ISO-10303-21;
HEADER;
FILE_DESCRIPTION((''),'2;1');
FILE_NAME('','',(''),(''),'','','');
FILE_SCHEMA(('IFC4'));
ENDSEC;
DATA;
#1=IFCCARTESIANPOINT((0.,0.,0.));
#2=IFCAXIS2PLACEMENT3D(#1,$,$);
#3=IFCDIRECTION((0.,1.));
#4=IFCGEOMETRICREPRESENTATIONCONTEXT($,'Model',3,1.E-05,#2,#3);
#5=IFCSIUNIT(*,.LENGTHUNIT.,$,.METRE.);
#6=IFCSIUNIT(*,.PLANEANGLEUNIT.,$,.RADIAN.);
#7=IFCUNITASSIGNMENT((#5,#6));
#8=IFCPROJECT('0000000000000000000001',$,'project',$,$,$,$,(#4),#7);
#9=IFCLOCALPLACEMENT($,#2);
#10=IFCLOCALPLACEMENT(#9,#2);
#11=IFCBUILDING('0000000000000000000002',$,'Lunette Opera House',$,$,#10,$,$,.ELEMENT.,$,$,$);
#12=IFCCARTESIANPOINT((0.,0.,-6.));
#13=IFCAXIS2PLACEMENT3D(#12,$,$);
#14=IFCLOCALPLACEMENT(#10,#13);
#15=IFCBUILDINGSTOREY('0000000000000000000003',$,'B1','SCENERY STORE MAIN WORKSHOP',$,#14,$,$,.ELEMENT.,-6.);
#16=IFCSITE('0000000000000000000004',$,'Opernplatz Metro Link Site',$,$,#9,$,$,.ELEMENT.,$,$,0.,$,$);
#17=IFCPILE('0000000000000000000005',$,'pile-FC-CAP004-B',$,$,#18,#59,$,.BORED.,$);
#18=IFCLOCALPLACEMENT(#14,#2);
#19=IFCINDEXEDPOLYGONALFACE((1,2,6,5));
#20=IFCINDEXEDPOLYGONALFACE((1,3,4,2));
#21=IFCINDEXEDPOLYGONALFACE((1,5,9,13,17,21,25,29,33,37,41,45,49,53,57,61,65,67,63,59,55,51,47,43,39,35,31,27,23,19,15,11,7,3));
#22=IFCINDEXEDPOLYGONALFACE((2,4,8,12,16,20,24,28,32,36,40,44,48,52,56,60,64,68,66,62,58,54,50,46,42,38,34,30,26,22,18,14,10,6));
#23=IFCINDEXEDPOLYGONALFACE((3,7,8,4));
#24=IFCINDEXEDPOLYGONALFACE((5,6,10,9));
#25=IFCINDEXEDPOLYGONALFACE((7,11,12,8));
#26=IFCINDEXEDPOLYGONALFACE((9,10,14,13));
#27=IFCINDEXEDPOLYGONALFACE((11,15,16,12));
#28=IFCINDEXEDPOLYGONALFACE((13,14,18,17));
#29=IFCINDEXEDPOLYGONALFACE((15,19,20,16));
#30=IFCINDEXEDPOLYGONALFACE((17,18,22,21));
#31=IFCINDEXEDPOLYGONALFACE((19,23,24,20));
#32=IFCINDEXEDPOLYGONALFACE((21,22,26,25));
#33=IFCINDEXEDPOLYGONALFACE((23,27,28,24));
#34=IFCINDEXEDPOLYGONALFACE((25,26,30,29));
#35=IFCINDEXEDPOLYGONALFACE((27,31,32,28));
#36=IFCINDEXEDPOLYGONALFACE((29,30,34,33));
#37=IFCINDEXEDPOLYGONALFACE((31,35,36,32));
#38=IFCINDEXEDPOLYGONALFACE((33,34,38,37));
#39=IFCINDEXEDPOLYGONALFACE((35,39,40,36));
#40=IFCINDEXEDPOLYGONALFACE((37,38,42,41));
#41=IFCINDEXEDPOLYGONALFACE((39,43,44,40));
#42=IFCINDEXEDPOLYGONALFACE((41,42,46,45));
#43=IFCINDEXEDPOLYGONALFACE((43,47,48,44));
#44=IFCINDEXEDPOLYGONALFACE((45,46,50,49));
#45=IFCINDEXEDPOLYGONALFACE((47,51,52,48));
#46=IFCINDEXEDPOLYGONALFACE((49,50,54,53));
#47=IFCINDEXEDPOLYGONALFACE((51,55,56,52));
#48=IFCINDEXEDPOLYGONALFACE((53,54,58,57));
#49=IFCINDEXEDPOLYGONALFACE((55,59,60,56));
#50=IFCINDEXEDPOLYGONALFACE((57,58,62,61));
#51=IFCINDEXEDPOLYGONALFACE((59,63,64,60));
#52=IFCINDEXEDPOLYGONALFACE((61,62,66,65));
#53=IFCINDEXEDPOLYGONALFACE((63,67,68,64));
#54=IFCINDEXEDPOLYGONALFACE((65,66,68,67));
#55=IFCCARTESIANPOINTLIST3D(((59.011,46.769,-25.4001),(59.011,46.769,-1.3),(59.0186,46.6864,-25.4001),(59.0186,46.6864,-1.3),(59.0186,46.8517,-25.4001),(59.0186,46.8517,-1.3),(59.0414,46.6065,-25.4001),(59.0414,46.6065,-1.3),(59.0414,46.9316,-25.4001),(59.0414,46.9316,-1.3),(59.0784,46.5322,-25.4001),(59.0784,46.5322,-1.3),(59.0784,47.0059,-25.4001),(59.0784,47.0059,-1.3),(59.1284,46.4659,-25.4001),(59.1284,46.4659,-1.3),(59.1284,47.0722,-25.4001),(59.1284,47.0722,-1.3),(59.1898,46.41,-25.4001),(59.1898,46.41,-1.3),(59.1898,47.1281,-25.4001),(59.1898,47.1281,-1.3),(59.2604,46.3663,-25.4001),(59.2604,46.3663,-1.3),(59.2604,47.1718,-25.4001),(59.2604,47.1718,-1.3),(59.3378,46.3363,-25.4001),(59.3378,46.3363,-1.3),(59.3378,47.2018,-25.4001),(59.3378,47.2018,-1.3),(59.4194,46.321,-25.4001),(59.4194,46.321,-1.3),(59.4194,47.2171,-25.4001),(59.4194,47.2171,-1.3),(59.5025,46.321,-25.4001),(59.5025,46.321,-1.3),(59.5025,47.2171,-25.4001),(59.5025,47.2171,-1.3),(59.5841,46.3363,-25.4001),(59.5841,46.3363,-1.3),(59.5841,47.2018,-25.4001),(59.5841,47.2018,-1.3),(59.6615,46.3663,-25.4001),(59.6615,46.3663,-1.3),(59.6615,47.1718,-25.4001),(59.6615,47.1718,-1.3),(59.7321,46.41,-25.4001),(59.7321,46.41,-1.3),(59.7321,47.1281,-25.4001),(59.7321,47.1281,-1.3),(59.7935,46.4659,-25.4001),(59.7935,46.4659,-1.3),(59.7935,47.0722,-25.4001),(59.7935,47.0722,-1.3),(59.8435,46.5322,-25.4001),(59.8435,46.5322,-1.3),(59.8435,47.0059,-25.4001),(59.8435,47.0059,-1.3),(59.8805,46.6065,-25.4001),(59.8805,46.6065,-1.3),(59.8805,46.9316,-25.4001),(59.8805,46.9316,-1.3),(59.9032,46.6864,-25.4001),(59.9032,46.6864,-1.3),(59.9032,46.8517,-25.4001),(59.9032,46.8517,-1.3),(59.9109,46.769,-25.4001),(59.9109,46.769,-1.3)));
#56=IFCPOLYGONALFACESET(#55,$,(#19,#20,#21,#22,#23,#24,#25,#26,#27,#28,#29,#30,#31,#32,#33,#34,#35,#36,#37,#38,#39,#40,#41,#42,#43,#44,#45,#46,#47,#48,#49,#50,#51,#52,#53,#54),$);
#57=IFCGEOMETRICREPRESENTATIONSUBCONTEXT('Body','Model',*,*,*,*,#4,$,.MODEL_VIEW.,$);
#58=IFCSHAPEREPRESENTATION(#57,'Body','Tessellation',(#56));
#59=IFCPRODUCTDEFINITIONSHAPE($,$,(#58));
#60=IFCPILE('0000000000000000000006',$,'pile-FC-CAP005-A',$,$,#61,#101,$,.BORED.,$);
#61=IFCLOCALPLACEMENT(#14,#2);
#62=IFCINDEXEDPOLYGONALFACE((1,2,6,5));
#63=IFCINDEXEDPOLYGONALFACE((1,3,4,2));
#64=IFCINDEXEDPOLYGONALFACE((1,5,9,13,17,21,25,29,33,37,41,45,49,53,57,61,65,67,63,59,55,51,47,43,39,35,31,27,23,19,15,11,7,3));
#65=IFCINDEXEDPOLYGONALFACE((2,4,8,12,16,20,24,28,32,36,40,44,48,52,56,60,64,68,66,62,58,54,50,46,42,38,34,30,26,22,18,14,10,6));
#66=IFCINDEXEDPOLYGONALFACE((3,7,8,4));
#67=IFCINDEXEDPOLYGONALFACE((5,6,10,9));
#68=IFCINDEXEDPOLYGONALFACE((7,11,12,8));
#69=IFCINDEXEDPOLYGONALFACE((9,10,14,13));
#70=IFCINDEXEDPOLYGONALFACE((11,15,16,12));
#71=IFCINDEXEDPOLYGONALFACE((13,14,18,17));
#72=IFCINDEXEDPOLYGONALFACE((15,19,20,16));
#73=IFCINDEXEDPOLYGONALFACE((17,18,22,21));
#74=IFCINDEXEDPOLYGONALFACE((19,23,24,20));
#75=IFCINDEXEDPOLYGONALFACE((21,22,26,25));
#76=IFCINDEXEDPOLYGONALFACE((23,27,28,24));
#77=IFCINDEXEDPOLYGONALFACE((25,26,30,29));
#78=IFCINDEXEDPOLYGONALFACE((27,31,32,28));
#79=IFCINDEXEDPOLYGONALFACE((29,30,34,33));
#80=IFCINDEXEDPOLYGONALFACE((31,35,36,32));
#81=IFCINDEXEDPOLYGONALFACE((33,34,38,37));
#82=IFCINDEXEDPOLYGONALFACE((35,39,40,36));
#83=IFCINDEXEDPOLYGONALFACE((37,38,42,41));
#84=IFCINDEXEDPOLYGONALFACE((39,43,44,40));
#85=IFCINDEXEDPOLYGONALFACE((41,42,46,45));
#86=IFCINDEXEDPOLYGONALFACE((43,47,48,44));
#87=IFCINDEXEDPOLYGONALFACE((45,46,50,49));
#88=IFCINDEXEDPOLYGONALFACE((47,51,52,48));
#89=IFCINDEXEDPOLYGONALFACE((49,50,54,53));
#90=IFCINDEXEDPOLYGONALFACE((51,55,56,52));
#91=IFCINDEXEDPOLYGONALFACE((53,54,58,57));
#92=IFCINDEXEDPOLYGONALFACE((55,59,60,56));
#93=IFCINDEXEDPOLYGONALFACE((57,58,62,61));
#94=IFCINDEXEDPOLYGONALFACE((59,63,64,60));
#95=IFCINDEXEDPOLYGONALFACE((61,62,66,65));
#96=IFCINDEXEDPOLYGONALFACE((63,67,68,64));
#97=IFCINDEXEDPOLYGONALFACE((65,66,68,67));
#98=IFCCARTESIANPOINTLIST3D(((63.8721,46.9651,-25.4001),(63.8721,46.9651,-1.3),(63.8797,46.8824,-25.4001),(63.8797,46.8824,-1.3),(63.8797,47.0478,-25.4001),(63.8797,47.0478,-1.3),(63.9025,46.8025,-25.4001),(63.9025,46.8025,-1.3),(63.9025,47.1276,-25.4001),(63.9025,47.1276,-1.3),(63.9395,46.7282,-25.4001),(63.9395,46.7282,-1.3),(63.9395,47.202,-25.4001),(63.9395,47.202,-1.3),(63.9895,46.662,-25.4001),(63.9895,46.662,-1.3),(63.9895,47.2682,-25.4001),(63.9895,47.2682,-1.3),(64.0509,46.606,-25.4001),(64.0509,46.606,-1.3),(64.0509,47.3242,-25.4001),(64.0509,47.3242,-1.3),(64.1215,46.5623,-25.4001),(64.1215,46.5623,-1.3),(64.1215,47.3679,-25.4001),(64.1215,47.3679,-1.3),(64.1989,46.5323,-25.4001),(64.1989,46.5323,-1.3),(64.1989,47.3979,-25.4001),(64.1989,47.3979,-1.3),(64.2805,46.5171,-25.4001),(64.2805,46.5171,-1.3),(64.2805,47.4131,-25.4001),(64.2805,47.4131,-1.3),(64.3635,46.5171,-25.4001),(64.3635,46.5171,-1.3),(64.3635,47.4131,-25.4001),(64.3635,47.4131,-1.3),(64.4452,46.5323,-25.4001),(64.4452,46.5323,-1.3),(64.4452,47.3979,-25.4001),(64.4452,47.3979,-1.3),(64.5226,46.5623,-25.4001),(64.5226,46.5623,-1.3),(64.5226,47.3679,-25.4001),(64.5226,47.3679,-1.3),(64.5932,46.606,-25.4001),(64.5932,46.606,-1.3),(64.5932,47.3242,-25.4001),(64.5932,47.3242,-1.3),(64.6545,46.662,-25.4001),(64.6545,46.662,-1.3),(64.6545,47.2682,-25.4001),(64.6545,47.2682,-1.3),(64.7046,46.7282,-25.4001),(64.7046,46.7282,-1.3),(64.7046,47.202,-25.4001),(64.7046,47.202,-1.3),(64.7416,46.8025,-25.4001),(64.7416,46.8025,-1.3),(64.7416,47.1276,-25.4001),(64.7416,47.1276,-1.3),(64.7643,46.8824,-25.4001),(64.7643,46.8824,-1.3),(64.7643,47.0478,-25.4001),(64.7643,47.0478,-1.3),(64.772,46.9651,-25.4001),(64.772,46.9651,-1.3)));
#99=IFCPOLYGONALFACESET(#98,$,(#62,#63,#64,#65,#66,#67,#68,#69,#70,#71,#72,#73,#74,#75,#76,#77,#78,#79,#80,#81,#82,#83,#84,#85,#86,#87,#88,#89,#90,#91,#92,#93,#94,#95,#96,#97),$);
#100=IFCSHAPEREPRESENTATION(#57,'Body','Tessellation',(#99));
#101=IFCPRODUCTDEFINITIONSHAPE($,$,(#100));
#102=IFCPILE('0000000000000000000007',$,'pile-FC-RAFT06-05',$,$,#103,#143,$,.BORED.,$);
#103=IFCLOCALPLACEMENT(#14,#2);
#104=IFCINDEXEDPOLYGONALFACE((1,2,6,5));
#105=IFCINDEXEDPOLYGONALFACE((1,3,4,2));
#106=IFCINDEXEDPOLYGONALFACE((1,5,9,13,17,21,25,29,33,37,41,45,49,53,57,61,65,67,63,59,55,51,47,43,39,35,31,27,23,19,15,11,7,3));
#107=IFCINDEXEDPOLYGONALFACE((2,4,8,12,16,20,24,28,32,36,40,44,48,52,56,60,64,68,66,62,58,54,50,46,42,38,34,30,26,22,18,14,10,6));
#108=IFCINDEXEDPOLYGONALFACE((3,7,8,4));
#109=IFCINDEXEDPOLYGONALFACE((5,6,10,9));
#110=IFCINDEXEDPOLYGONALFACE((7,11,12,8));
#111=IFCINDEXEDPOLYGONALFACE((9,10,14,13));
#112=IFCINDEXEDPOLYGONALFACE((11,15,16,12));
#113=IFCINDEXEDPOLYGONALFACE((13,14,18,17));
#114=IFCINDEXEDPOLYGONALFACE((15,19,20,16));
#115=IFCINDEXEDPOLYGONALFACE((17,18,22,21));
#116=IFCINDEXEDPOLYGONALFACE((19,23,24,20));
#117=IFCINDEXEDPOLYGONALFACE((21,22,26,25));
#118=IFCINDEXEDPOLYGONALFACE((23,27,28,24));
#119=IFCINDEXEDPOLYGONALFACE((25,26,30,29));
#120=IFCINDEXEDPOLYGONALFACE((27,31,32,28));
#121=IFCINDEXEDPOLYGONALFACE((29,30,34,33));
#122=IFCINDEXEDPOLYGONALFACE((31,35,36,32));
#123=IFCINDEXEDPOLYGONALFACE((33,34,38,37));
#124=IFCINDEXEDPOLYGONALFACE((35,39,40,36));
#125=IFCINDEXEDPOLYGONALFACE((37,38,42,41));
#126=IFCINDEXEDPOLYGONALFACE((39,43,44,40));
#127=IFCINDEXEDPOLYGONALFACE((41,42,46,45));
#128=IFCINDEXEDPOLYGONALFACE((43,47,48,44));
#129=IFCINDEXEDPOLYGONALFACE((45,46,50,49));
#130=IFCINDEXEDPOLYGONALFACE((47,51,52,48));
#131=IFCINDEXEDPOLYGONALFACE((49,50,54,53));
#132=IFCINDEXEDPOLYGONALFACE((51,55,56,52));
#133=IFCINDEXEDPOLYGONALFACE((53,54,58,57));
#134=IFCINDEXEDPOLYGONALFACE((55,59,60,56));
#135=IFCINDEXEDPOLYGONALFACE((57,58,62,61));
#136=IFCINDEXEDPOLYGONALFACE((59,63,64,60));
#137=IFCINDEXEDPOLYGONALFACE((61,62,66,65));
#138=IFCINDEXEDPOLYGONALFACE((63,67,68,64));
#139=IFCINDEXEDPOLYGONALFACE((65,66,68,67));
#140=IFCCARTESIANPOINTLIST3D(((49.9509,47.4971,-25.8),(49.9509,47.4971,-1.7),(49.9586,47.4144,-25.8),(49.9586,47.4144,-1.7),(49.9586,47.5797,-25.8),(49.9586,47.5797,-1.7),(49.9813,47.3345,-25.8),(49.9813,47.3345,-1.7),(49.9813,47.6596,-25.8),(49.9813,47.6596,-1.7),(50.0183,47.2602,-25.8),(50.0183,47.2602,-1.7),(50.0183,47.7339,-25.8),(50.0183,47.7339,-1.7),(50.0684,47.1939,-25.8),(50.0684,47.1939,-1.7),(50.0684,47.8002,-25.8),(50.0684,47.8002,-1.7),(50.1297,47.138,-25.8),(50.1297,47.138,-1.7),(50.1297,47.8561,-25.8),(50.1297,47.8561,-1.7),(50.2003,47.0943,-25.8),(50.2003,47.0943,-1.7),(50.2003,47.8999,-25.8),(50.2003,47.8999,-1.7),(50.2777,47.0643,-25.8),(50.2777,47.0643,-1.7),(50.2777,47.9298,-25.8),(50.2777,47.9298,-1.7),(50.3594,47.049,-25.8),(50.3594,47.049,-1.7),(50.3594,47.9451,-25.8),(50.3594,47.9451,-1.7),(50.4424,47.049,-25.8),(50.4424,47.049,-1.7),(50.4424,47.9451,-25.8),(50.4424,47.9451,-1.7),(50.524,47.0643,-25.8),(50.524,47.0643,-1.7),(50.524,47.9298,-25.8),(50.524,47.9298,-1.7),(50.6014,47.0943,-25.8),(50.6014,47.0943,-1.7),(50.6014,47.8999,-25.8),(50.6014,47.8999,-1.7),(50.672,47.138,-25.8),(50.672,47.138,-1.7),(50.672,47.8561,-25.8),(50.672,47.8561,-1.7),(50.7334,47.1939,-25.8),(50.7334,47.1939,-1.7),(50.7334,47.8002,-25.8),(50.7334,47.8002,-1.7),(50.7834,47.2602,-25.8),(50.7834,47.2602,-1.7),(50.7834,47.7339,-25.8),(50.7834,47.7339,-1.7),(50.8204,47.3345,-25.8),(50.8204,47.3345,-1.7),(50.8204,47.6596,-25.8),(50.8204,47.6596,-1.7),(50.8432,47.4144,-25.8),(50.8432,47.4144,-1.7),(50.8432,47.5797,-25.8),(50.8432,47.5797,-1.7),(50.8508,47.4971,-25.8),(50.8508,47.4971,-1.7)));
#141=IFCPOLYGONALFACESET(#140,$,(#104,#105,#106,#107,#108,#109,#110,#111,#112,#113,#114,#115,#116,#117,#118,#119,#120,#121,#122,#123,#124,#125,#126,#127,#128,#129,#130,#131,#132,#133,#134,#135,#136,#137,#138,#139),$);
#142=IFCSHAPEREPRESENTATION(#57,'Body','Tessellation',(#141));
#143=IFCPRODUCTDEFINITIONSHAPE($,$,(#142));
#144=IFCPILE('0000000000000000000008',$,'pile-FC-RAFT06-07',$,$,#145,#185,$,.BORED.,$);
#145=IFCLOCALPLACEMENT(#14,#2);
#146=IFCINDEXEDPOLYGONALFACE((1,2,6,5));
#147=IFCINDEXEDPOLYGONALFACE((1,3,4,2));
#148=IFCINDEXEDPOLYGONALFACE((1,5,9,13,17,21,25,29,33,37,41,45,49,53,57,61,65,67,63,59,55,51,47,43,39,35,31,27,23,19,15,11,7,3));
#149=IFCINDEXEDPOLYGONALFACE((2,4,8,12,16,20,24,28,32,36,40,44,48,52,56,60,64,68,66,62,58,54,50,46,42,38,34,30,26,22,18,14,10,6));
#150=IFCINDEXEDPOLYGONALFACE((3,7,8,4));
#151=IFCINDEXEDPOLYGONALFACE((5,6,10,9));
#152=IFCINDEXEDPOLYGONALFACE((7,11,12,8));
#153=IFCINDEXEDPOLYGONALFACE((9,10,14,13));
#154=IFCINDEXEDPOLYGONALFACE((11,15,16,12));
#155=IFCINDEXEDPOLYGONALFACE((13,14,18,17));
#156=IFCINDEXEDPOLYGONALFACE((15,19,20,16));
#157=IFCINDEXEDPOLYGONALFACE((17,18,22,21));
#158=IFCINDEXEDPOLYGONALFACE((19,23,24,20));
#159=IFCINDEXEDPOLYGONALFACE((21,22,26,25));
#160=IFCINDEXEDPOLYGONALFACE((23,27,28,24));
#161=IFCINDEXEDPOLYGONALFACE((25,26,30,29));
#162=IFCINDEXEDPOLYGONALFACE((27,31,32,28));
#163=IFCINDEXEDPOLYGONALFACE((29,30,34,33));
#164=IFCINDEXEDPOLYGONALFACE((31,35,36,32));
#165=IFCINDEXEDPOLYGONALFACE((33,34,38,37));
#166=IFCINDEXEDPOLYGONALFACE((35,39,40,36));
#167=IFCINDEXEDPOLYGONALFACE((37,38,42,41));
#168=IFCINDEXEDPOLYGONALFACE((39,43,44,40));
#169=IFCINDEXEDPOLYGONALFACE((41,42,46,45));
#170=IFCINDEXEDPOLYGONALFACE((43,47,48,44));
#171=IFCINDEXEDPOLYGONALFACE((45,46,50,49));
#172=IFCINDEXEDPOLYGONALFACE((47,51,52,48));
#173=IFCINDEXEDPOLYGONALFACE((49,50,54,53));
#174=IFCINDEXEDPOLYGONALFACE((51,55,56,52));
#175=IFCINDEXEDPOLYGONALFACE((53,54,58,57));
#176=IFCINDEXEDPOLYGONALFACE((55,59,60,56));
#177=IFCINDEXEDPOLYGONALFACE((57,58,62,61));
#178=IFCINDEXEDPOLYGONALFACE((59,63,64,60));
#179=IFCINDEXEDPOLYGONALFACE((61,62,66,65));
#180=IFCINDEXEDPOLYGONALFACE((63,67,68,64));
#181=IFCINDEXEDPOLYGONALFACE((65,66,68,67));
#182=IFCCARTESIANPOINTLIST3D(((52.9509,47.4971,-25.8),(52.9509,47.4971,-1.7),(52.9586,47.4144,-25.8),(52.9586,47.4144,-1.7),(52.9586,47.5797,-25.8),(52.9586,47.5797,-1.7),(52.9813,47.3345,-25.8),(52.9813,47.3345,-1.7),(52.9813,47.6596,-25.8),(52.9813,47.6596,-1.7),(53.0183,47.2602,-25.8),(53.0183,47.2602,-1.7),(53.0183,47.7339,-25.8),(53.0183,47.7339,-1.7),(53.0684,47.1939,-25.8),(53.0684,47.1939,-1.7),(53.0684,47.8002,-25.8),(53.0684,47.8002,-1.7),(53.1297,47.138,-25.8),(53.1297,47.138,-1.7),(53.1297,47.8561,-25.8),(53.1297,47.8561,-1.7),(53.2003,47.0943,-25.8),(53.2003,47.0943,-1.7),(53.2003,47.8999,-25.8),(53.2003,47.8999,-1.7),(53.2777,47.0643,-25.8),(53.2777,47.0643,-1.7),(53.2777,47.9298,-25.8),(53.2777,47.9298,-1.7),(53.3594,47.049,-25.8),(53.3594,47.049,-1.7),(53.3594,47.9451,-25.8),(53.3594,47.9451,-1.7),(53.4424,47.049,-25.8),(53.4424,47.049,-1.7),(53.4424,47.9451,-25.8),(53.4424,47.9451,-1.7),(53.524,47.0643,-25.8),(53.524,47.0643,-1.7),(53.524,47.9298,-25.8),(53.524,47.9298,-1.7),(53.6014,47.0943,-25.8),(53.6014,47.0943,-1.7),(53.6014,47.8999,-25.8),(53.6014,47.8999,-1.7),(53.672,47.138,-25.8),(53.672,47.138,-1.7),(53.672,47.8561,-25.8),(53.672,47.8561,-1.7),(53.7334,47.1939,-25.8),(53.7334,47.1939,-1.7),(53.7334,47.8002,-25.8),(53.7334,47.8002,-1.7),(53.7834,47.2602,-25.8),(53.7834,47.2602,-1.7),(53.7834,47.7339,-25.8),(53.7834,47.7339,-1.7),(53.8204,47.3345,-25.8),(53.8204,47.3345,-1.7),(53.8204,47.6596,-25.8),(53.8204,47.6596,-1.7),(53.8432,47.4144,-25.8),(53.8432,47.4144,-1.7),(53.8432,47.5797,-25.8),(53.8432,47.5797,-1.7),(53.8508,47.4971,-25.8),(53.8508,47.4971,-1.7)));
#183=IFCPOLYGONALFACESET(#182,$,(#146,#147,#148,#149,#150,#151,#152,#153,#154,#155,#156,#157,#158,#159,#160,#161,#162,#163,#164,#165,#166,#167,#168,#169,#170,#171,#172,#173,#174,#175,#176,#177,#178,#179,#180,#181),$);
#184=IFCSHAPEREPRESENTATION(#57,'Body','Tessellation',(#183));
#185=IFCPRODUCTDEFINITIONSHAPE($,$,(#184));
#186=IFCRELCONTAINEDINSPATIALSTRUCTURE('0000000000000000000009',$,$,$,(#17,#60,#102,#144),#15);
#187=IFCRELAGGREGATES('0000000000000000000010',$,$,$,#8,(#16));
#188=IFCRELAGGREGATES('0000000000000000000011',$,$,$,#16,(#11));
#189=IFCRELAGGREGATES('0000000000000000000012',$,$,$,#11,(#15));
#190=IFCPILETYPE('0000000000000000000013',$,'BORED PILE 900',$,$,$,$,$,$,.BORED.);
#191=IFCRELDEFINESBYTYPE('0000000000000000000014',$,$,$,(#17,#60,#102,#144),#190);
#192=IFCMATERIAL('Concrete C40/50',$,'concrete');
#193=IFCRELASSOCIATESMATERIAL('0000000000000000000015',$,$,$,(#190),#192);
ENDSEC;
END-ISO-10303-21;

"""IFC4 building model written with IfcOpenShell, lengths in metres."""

from ifc_helpers import new_model, si_unit, direction, frame, origin, origin_2d, place, context, subcontext, project, spatial, circle, extrude, material, material_profile, profile_set, type_object, element, save


model = new_model("IFC4")

# Units and contexts
model_context = context("Model", 3, precision=1e-05, world=origin(), true_north=direction((0.0, 1.0)))
body_context = subcontext(model_context, "Body", "Model", "MODEL_VIEW")
ifc_project = project(units=[si_unit("LENGTHUNIT", "METRE"), si_unit("PLANEANGLEUNIT", "RADIAN")], contexts=[model_context])

# Site, building, storey
site_placement = place(None, origin())
site = spatial("IfcSite", under=ifc_project, at=site_placement, Name="Opernplatz Metro Link Site", CompositionType="ELEMENT", RefElevation=0.0)
building_placement = place(site_placement, origin())
building = spatial("IfcBuilding", under=site, at=building_placement, Name="Lunette Opera House", CompositionType="ELEMENT")
storey_placement = place(building_placement, frame((0.0, 0.0, -6.0)))
storey = spatial("IfcBuildingStorey", under=building, at=storey_placement, Name="B1", Description="SCENERY STORE MAIN WORKSHOP", CompositionType="ELEMENT", Elevation=-6.0)

# Piles
ifc_material_1 = material(Name="Concrete C40/50", Category="concrete")
ifc_material_profile_1 = material_profile(ifc_material_1, circle(Radius=0.45, at=origin_2d()), Name="BORED PILE 900")
ifc_profile_set_1 = profile_set([ifc_material_profile_1], Name="Concrete C40/50")
pile_type = type_object("IfcPileType", Name="BORED PILE 900", PredefinedType="BORED", material=ifc_profile_set_1)
for number, where, z_axis, x_axis, name in (
    (1, (59.4609, 46.769, -1.3), (0.0, 0.0, -1.0), (1.0, 0.0, 0.0), "pile-FC-CAP004-B"),
    (2, (64.322, 46.9651, -1.3), (0.0, 0.0, -1.0), (1.0, 0.0, 0.0), "pile-FC-CAP005-A"),
    (3, (50.4009, 47.4971, -1.7), (0.0, 0.0, -1.0), (1.0, 0.0, 0.0), "pile-FC-RAFT06-05"),
    (4, (53.4009, 47.4971, -1.7), (0.0, 0.0, -1.0), (1.0, 0.0, 0.0), "pile-FC-RAFT06-07"),
):
    element("IfcPile", number, at=place(storey_placement, frame(where, z_axis=z_axis, x_axis=x_axis)), inside=storey, type_object=pile_type, Name=name, PredefinedType="BORED", context=body_context, shape_type="SweptSolid", body=[
        extrude(circle(Radius=0.45, at=origin_2d()), origin(), (0.0, 0.0, 1.0), 24.1001),
    ])

save(model, "model.ifc")
